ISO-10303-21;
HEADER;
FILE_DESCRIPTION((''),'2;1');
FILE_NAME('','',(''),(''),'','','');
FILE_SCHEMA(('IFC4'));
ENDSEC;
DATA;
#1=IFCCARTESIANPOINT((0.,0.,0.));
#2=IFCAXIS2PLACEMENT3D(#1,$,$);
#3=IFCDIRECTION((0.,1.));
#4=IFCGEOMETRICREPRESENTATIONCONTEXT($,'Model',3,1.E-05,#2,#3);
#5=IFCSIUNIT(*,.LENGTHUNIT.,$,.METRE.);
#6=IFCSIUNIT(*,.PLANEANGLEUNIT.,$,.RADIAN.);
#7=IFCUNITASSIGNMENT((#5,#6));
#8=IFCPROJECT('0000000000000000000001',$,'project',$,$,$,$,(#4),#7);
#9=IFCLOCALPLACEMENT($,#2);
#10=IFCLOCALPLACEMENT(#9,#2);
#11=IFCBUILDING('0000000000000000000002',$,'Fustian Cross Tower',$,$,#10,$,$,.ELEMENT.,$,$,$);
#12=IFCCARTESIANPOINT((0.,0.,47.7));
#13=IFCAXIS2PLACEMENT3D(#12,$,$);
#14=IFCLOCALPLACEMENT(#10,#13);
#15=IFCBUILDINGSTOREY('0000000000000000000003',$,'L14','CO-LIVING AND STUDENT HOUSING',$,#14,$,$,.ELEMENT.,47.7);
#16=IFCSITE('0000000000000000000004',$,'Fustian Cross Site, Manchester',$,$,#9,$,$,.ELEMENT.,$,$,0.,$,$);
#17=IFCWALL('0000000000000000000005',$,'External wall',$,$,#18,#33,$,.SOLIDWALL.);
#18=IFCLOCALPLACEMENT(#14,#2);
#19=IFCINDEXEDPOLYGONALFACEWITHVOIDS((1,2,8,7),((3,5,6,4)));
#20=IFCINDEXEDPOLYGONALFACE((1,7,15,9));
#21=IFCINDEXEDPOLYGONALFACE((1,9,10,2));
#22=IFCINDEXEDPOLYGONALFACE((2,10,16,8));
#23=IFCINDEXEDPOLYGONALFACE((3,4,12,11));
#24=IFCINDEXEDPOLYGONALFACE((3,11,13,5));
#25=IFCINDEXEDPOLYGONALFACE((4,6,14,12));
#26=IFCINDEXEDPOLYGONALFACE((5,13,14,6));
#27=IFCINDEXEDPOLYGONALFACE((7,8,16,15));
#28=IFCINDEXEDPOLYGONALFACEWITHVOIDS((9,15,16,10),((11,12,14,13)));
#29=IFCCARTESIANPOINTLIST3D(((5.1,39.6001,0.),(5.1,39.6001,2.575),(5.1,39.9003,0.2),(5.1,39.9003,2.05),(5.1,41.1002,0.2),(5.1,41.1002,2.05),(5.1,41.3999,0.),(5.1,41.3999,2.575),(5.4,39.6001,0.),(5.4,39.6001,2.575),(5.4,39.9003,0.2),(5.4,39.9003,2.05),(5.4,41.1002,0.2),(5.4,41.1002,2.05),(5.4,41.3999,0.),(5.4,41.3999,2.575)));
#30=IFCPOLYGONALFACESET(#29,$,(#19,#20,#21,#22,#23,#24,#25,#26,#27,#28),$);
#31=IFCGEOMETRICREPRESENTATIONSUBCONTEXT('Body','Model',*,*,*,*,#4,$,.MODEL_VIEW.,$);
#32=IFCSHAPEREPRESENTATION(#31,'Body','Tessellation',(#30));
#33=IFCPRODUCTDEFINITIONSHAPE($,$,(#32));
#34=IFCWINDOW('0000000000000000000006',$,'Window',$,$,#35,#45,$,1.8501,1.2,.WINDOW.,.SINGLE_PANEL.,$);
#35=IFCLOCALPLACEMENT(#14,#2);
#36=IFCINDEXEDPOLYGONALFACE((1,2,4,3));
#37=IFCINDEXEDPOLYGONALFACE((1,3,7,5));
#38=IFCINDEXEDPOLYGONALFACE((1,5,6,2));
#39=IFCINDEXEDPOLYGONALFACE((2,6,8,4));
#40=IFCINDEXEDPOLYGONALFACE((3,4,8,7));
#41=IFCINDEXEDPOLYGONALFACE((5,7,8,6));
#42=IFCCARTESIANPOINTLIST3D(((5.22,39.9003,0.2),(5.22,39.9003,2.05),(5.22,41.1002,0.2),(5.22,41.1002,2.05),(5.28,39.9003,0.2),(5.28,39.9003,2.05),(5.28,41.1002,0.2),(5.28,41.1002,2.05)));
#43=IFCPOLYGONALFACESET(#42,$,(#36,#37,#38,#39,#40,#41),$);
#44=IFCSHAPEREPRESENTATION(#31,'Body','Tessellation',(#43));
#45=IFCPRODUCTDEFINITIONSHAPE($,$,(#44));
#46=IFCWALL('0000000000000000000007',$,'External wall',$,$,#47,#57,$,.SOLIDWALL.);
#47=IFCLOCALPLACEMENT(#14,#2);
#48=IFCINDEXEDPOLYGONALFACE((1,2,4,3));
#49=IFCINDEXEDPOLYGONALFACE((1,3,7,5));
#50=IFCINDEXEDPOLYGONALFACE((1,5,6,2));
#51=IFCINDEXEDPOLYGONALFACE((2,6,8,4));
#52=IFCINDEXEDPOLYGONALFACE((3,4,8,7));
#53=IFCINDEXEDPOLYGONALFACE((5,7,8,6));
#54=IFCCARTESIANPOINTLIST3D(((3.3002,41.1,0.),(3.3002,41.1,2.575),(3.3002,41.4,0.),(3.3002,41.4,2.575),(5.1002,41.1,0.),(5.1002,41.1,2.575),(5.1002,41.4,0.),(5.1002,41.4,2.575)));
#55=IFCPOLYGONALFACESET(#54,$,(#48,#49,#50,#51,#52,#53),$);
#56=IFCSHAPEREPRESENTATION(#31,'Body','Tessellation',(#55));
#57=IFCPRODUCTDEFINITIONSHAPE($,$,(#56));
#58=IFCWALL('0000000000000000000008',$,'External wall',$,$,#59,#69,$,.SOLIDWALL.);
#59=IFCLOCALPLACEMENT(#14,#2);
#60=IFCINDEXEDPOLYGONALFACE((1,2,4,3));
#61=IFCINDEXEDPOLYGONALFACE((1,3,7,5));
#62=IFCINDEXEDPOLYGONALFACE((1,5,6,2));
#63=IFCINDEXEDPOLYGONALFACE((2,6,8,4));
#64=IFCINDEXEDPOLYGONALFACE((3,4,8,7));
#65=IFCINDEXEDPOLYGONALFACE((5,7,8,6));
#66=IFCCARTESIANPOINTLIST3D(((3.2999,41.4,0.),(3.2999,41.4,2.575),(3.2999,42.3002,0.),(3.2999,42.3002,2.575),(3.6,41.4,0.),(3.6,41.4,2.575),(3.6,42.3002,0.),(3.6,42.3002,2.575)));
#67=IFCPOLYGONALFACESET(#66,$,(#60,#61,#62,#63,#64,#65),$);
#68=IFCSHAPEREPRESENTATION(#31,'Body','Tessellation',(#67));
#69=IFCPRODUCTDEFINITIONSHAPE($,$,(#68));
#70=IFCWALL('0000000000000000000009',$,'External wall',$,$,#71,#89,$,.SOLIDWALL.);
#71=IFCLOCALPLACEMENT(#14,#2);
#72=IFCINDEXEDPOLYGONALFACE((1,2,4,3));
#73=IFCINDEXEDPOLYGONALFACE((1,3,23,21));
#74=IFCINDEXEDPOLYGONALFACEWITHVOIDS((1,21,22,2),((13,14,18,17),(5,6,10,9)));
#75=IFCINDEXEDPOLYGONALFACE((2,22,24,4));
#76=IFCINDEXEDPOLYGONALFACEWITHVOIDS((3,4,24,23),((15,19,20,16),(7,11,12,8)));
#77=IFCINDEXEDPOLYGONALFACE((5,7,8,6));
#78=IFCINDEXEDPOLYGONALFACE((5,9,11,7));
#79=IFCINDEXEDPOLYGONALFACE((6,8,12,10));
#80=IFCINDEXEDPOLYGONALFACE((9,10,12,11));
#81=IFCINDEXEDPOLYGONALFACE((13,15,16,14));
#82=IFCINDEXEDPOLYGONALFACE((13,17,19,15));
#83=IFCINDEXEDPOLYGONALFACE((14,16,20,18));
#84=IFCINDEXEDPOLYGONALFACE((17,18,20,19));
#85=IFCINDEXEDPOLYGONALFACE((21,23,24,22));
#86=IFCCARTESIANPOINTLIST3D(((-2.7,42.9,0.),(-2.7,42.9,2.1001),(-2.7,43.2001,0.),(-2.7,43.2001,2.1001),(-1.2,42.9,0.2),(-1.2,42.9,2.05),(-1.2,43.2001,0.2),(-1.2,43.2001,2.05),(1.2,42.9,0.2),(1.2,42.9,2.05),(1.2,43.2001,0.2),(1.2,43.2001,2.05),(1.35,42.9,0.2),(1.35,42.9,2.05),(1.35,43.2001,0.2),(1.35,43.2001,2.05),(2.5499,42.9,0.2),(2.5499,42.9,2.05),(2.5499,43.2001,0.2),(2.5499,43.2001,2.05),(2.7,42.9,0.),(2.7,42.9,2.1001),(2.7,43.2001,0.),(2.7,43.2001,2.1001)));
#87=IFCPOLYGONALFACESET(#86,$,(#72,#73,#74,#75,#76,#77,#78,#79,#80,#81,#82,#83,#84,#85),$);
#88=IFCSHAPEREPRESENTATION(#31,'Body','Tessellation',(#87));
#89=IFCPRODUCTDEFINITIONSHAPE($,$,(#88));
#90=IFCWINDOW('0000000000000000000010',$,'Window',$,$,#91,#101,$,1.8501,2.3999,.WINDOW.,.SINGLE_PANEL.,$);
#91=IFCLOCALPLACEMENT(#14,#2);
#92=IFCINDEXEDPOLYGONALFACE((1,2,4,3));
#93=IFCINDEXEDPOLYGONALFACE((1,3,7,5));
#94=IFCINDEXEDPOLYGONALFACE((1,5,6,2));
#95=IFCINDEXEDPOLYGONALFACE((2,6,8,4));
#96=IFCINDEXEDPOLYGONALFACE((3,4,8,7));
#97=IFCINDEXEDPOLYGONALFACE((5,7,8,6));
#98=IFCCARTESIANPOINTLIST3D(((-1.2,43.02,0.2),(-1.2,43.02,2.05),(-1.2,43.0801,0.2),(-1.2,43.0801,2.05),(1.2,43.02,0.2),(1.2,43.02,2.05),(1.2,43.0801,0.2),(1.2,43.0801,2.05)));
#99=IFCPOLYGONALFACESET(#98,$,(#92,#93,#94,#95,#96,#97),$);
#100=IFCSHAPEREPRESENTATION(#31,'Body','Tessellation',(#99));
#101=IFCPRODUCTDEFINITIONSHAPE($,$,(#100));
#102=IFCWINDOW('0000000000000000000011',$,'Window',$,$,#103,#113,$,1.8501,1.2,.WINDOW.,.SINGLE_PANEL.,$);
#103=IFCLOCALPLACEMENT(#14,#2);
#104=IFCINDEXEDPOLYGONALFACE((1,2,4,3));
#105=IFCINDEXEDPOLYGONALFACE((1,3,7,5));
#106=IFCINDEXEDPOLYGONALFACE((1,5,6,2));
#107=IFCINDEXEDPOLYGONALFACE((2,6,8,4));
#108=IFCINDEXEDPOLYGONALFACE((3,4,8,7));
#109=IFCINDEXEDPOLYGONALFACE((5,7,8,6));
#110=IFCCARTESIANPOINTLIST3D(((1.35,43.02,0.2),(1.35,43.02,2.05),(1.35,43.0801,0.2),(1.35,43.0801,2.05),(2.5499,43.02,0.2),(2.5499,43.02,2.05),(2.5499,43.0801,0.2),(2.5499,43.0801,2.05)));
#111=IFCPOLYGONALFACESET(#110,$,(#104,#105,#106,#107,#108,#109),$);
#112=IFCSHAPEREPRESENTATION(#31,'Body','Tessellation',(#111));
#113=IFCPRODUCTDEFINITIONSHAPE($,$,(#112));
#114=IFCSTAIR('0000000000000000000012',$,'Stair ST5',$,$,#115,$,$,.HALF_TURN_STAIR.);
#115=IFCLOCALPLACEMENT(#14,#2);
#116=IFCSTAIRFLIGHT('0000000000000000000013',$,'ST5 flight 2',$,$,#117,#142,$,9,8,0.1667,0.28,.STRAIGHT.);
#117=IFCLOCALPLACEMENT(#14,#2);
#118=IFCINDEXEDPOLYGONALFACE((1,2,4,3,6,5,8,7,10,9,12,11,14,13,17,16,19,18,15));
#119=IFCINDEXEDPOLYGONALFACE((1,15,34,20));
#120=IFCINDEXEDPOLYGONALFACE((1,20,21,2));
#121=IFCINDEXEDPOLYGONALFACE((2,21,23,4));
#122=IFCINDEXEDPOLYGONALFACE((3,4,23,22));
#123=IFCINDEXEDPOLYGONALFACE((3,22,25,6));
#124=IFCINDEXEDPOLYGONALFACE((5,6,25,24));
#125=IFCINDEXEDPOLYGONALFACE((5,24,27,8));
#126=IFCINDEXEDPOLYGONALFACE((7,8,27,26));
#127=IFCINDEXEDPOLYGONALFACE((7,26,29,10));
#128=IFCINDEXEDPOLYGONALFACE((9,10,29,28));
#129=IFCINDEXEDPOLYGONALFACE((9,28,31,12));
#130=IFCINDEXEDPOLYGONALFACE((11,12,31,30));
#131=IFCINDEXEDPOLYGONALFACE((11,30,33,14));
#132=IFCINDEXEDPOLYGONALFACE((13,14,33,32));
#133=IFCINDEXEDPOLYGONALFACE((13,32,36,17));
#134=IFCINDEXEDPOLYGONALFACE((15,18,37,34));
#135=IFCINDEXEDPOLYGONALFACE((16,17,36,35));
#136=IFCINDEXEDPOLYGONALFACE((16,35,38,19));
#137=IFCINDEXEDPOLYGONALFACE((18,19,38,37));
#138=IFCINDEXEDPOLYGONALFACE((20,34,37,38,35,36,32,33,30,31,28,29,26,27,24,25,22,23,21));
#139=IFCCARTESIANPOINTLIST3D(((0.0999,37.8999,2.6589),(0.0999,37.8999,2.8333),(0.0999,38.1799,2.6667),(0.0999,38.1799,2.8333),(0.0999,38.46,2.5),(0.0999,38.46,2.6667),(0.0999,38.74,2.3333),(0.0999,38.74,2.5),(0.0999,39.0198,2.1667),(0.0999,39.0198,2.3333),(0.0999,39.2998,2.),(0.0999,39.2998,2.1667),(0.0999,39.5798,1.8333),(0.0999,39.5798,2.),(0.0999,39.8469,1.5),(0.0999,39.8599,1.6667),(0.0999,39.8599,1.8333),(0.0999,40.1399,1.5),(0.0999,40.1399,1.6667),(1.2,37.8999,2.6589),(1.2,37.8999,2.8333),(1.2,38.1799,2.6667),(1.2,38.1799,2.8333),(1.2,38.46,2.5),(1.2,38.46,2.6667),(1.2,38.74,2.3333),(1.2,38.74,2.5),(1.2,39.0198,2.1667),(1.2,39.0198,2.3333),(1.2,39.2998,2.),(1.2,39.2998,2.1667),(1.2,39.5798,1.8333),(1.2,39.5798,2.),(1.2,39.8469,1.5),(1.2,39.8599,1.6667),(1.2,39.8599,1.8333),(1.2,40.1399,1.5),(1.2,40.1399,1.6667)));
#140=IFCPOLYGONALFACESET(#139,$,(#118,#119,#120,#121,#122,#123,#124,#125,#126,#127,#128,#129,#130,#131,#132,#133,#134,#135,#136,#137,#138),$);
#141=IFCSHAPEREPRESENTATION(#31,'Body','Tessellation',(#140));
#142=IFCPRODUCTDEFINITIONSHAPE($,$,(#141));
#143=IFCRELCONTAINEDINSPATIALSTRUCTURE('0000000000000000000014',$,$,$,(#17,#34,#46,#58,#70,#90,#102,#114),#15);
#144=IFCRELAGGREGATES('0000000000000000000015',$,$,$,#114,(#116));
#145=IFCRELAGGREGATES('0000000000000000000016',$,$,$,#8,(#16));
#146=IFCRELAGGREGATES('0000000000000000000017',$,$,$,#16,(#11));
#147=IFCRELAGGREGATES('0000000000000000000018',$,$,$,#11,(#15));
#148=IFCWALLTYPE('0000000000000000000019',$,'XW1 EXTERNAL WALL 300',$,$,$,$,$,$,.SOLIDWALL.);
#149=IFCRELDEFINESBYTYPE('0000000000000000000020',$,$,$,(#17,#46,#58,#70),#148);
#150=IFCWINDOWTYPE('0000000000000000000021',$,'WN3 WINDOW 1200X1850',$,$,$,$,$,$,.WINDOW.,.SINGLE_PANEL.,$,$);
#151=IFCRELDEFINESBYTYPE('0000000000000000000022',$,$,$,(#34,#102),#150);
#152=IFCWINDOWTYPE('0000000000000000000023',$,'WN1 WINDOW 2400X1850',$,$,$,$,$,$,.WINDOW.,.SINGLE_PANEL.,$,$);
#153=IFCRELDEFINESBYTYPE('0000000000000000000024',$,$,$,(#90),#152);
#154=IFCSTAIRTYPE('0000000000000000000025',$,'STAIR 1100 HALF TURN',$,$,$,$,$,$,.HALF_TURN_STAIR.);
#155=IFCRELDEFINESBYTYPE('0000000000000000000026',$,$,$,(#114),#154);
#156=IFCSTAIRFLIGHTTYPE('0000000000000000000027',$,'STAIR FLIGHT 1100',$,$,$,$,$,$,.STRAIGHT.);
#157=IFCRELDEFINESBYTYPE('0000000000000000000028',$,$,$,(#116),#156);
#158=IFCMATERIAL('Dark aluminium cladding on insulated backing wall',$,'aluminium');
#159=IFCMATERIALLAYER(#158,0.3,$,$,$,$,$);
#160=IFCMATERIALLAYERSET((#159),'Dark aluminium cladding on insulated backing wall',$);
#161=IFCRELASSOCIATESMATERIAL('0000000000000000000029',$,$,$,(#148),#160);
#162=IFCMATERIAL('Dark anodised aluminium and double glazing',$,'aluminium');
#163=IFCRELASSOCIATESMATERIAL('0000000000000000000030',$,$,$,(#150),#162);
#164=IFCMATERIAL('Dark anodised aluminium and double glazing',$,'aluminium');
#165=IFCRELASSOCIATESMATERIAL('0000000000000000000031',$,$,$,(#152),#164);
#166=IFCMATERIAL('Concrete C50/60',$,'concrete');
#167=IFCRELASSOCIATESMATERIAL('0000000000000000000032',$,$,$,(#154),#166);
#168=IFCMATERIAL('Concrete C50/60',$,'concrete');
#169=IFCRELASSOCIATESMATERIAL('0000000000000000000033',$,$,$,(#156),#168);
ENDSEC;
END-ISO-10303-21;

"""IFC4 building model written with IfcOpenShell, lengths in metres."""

from ifc_helpers import new_model, si_unit, direction, frame, frame_2d, origin, place, context, subcontext, project, spatial, polyline, rectangle, outline, extrude, material, layer, layer_set, type_object, element, fill, aggregate, save


model = new_model("IFC4")

# Units and contexts
model_context = context("Model", 3, precision=1e-05, world=origin(), true_north=direction((0.0, 1.0)))
body_context = subcontext(model_context, "Body", "Model", "MODEL_VIEW")
ifc_project = project(units=[si_unit("LENGTHUNIT", "METRE"), si_unit("PLANEANGLEUNIT", "RADIAN")], contexts=[model_context])

# Site, building, storey
site_placement = place(None, origin())
site = spatial("IfcSite", under=ifc_project, at=site_placement, Name="Fustian Cross Site, Manchester", CompositionType="ELEMENT", RefElevation=0.0)
building_placement = place(site_placement, origin())
building = spatial("IfcBuilding", under=site, at=building_placement, Name="Fustian Cross Tower", CompositionType="ELEMENT")
storey_placement = place(building_placement, frame((0.0, 0.0, 47.7)))
storey = spatial("IfcBuildingStorey", under=building, at=storey_placement, Name="L14", Description="CO-LIVING AND STUDENT HOUSING", CompositionType="ELEMENT", Elevation=47.7)

# Wall, opening, window
ifc_material_1 = material(Name="Dark aluminium cladding on insulated backing wall", Category="aluminium")
ifc_layer_1 = layer(ifc_material_1, 0.3)
ifc_layer_set_1 = layer_set([ifc_layer_1], Name="Dark aluminium cladding on insulated backing wall")
wall_type_1 = type_object("IfcWallType", Name="XW1 EXTERNAL WALL 300", PredefinedType="SOLIDWALL", material=ifc_layer_set_1)
wall_1_placement = place(storey_placement, frame((5.25, 39.6001, 0.0), z_axis=(0.0, 0.0, 1.0), x_axis=(0.0, 1.0, 0.0)))
wall_1 = element("IfcWall", 1, at=wall_1_placement, inside=storey, type_object=wall_type_1, Name="External wall", PredefinedType="SOLIDWALL", context=body_context, shape_type="SweptSolid", body=[
    extrude(rectangle(XDim=1.7998, YDim=0.3, at=frame_2d((0.8999, 0.0))), origin(), (0.0, 0.0, 1.0), 2.575),
])
opening_1_placement = place(wall_1_placement, frame((0.3, 0.0, 0.2)))
opening_1 = element("IfcOpeningElement", 2, at=opening_1_placement, cuts=wall_1, PredefinedType="OPENING", context=body_context, shape_type="SweptSolid", body=[
    extrude(rectangle(XDim=1.2, YDim=1.8501, at=frame_2d((0.6001, 0.925))), frame((0.0, 0.1599, 0.0), z_axis=(0.0, -1.0, 0.0), x_axis=(1.0, 0.0, 0.0)), (0.0, 0.0, 1.0), 0.3201),
])
ifc_material_2 = material(Name="Dark anodised aluminium and double glazing", Category="aluminium")
window_type_1 = type_object("IfcWindowType", Name="WN3 WINDOW 1200X1850", PartitioningType="SINGLE_PANEL", PredefinedType="WINDOW", material=ifc_material_2)
window_1_placement = place(opening_1_placement, origin())
window_1 = element("IfcWindow", 3, at=window_1_placement, inside=storey, type_object=window_type_1, Name="Window", OverallHeight=1.8501, OverallWidth=1.2, PartitioningType="SINGLE_PANEL", PredefinedType="WINDOW", context=body_context, shape_type="SweptSolid", body=[
    extrude(rectangle(XDim=1.2, YDim=1.8501, at=frame_2d((0.6001, 0.925))), frame((0.0, 0.03, 0.0), z_axis=(0.0, -1.0, 0.0), x_axis=(1.0, 0.0, 0.0)), (0.0, 0.0, 1.0), 0.0601),
])
fill(opening_1, window_1)

# Walls
wall_2_placement = place(storey_placement, frame((5.1001, 41.25, 0.0), z_axis=(0.0, 0.0, 1.0), x_axis=(-1.0, 0.0, 0.0)))
element("IfcWall", 4, at=wall_2_placement, inside=storey, type_object=wall_type_1, Name="External wall", PredefinedType="SOLIDWALL", context=body_context, shape_type="SweptSolid", body=[
    extrude(rectangle(XDim=1.8, YDim=0.3, at=frame_2d((0.8999, 0.0))), origin(), (0.0, 0.0, 1.0), 2.575),
])
wall_3_placement = place(storey_placement, frame((3.45, 41.3999, 0.0), z_axis=(0.0, 0.0, 1.0), x_axis=(0.0, 1.0, 0.0)))
element("IfcWall", 5, at=wall_3_placement, inside=storey, type_object=wall_type_1, Name="External wall", PredefinedType="SOLIDWALL", context=body_context, shape_type="SweptSolid", body=[
    extrude(rectangle(XDim=0.9001, YDim=0.3, at=frame_2d((0.4502, 0.0))), origin(), (0.0, 0.0, 1.0), 2.575),
])

# Wall, openings, windows
wall_4_placement = place(storey_placement, frame((2.7, 43.05, 0.0), z_axis=(0.0, 0.0, 1.0), x_axis=(-1.0, 0.0, 0.0)))
wall_4 = element("IfcWall", 6, at=wall_4_placement, inside=storey, type_object=wall_type_1, Name="External wall", PredefinedType="SOLIDWALL", context=body_context, shape_type="SweptSolid", body=[
    extrude(rectangle(XDim=5.3999, YDim=0.3, at=frame_2d((2.7, 0.0))), origin(), (0.0, 0.0, 1.0), 2.1001),
])
opening_2_placement = place(wall_4_placement, frame((1.5, 0.0, 0.2)))
opening_2 = element("IfcOpeningElement", 7, at=opening_2_placement, cuts=wall_4, PredefinedType="OPENING", context=body_context, shape_type="SweptSolid", body=[
    extrude(rectangle(XDim=2.3999, YDim=1.8501, at=frame_2d((1.2, 0.925))), frame((0.0, 0.1599, 0.0), z_axis=(0.0, -1.0, 0.0), x_axis=(1.0, 0.0, 0.0)), (0.0, 0.0, 1.0), 0.3201),
])
opening_3_placement = place(wall_4_placement, frame((0.1499, 0.0, 0.2)))
opening_3 = element("IfcOpeningElement", 8, at=opening_3_placement, cuts=wall_4, PredefinedType="OPENING", context=body_context, shape_type="SweptSolid", body=[
    extrude(rectangle(XDim=1.2, YDim=1.8501, at=frame_2d((0.6001, 0.925))), frame((0.0, 0.1599, 0.0), z_axis=(0.0, -1.0, 0.0), x_axis=(1.0, 0.0, 0.0)), (0.0, 0.0, 1.0), 0.3201),
])
ifc_material_3 = material(Name="Dark anodised aluminium and double glazing", Category="aluminium")
window_type_2 = type_object("IfcWindowType", Name="WN1 WINDOW 2400X1850", PartitioningType="SINGLE_PANEL", PredefinedType="WINDOW", material=ifc_material_3)
window_2_placement = place(opening_2_placement, origin())
window_2 = element("IfcWindow", 9, at=window_2_placement, inside=storey, type_object=window_type_2, Name="Window", OverallHeight=1.8501, OverallWidth=2.3999, PartitioningType="SINGLE_PANEL", PredefinedType="WINDOW", context=body_context, shape_type="SweptSolid", body=[
    extrude(rectangle(XDim=2.3999, YDim=1.8501, at=frame_2d((1.2, 0.925))), frame((0.0, 0.03, 0.0), z_axis=(0.0, -1.0, 0.0), x_axis=(1.0, 0.0, 0.0)), (0.0, 0.0, 1.0), 0.0601),
])
fill(opening_2, window_2)
window_3_placement = place(opening_3_placement, origin())
window_3 = element("IfcWindow", 10, at=window_3_placement, inside=storey, type_object=window_type_1, Name="Window", OverallHeight=1.8501, OverallWidth=1.2, PartitioningType="SINGLE_PANEL", PredefinedType="WINDOW", context=body_context, shape_type="SweptSolid", body=[
    extrude(rectangle(XDim=1.2, YDim=1.8501, at=frame_2d((0.6001, 0.925))), frame((0.0, 0.03, 0.0), z_axis=(0.0, -1.0, 0.0), x_axis=(1.0, 0.0, 0.0)), (0.0, 0.0, 1.0), 0.0601),
])
fill(opening_3, window_3)

# Stair, stair flight
ifc_material_4 = material(Name="Concrete C50/60", Category="concrete")
stair_type = type_object("IfcStairType", Name="STAIR 1100 HALF TURN", PredefinedType="HALF_TURN_STAIR", material=ifc_material_4)
stair_placement = place(storey_placement, origin())
stair = element("IfcStair", 11, at=stair_placement, inside=storey, type_object=stair_type, Name="Stair ST5", PredefinedType="HALF_TURN_STAIR")
ifc_material_5 = material(Name="Concrete C50/60", Category="concrete")
stair_flight_type = type_object("IfcStairFlightType", Name="STAIR FLIGHT 1100", PredefinedType="STRAIGHT", material=ifc_material_5)
stair_flight_placement = place(storey_placement, frame((0.6499, 40.1399, 1.5), z_axis=(0.0, 0.0, 1.0), x_axis=(0.0, -1.0, 0.0)))
stair_flight = element("IfcStairFlight", 12, at=stair_flight_placement, type_object=stair_flight_type, Name="ST5 flight 2", NumberOfRisers=9, NumberOfTreads=8, PredefinedType="STRAIGHT", RiserHeight=0.1667, TreadLength=0.28, context=body_context, shape_type="SweptSolid", body=[
    extrude(outline(polyline([(0.0, 0.0), (0.0, 0.1667), (0.28, 0.1667), (0.28, 0.3333), (0.5601, 0.3333), (0.5601, 0.5), (0.8401, 0.5), (0.8401, 0.6667), (1.1201, 0.6667), (1.1201, 0.8333), (1.3999, 0.8333), (1.3999, 1.0), (1.6799, 1.0), (1.6799, 1.1667), (1.96, 1.1667), (1.96, 1.3333), (2.24, 1.3333), (2.24, 1.5), (2.24, 1.1589), (0.293, 0.0), (0.0, 0.0)])), frame((0.0, 0.55, 0.0), z_axis=(0.0, -1.0, 0.0), x_axis=(1.0, 0.0, 0.0)), (0.0, 0.0, 1.0), 1.1001),
])
aggregate(stair, [stair_flight])

save(model, "model.ifc")
